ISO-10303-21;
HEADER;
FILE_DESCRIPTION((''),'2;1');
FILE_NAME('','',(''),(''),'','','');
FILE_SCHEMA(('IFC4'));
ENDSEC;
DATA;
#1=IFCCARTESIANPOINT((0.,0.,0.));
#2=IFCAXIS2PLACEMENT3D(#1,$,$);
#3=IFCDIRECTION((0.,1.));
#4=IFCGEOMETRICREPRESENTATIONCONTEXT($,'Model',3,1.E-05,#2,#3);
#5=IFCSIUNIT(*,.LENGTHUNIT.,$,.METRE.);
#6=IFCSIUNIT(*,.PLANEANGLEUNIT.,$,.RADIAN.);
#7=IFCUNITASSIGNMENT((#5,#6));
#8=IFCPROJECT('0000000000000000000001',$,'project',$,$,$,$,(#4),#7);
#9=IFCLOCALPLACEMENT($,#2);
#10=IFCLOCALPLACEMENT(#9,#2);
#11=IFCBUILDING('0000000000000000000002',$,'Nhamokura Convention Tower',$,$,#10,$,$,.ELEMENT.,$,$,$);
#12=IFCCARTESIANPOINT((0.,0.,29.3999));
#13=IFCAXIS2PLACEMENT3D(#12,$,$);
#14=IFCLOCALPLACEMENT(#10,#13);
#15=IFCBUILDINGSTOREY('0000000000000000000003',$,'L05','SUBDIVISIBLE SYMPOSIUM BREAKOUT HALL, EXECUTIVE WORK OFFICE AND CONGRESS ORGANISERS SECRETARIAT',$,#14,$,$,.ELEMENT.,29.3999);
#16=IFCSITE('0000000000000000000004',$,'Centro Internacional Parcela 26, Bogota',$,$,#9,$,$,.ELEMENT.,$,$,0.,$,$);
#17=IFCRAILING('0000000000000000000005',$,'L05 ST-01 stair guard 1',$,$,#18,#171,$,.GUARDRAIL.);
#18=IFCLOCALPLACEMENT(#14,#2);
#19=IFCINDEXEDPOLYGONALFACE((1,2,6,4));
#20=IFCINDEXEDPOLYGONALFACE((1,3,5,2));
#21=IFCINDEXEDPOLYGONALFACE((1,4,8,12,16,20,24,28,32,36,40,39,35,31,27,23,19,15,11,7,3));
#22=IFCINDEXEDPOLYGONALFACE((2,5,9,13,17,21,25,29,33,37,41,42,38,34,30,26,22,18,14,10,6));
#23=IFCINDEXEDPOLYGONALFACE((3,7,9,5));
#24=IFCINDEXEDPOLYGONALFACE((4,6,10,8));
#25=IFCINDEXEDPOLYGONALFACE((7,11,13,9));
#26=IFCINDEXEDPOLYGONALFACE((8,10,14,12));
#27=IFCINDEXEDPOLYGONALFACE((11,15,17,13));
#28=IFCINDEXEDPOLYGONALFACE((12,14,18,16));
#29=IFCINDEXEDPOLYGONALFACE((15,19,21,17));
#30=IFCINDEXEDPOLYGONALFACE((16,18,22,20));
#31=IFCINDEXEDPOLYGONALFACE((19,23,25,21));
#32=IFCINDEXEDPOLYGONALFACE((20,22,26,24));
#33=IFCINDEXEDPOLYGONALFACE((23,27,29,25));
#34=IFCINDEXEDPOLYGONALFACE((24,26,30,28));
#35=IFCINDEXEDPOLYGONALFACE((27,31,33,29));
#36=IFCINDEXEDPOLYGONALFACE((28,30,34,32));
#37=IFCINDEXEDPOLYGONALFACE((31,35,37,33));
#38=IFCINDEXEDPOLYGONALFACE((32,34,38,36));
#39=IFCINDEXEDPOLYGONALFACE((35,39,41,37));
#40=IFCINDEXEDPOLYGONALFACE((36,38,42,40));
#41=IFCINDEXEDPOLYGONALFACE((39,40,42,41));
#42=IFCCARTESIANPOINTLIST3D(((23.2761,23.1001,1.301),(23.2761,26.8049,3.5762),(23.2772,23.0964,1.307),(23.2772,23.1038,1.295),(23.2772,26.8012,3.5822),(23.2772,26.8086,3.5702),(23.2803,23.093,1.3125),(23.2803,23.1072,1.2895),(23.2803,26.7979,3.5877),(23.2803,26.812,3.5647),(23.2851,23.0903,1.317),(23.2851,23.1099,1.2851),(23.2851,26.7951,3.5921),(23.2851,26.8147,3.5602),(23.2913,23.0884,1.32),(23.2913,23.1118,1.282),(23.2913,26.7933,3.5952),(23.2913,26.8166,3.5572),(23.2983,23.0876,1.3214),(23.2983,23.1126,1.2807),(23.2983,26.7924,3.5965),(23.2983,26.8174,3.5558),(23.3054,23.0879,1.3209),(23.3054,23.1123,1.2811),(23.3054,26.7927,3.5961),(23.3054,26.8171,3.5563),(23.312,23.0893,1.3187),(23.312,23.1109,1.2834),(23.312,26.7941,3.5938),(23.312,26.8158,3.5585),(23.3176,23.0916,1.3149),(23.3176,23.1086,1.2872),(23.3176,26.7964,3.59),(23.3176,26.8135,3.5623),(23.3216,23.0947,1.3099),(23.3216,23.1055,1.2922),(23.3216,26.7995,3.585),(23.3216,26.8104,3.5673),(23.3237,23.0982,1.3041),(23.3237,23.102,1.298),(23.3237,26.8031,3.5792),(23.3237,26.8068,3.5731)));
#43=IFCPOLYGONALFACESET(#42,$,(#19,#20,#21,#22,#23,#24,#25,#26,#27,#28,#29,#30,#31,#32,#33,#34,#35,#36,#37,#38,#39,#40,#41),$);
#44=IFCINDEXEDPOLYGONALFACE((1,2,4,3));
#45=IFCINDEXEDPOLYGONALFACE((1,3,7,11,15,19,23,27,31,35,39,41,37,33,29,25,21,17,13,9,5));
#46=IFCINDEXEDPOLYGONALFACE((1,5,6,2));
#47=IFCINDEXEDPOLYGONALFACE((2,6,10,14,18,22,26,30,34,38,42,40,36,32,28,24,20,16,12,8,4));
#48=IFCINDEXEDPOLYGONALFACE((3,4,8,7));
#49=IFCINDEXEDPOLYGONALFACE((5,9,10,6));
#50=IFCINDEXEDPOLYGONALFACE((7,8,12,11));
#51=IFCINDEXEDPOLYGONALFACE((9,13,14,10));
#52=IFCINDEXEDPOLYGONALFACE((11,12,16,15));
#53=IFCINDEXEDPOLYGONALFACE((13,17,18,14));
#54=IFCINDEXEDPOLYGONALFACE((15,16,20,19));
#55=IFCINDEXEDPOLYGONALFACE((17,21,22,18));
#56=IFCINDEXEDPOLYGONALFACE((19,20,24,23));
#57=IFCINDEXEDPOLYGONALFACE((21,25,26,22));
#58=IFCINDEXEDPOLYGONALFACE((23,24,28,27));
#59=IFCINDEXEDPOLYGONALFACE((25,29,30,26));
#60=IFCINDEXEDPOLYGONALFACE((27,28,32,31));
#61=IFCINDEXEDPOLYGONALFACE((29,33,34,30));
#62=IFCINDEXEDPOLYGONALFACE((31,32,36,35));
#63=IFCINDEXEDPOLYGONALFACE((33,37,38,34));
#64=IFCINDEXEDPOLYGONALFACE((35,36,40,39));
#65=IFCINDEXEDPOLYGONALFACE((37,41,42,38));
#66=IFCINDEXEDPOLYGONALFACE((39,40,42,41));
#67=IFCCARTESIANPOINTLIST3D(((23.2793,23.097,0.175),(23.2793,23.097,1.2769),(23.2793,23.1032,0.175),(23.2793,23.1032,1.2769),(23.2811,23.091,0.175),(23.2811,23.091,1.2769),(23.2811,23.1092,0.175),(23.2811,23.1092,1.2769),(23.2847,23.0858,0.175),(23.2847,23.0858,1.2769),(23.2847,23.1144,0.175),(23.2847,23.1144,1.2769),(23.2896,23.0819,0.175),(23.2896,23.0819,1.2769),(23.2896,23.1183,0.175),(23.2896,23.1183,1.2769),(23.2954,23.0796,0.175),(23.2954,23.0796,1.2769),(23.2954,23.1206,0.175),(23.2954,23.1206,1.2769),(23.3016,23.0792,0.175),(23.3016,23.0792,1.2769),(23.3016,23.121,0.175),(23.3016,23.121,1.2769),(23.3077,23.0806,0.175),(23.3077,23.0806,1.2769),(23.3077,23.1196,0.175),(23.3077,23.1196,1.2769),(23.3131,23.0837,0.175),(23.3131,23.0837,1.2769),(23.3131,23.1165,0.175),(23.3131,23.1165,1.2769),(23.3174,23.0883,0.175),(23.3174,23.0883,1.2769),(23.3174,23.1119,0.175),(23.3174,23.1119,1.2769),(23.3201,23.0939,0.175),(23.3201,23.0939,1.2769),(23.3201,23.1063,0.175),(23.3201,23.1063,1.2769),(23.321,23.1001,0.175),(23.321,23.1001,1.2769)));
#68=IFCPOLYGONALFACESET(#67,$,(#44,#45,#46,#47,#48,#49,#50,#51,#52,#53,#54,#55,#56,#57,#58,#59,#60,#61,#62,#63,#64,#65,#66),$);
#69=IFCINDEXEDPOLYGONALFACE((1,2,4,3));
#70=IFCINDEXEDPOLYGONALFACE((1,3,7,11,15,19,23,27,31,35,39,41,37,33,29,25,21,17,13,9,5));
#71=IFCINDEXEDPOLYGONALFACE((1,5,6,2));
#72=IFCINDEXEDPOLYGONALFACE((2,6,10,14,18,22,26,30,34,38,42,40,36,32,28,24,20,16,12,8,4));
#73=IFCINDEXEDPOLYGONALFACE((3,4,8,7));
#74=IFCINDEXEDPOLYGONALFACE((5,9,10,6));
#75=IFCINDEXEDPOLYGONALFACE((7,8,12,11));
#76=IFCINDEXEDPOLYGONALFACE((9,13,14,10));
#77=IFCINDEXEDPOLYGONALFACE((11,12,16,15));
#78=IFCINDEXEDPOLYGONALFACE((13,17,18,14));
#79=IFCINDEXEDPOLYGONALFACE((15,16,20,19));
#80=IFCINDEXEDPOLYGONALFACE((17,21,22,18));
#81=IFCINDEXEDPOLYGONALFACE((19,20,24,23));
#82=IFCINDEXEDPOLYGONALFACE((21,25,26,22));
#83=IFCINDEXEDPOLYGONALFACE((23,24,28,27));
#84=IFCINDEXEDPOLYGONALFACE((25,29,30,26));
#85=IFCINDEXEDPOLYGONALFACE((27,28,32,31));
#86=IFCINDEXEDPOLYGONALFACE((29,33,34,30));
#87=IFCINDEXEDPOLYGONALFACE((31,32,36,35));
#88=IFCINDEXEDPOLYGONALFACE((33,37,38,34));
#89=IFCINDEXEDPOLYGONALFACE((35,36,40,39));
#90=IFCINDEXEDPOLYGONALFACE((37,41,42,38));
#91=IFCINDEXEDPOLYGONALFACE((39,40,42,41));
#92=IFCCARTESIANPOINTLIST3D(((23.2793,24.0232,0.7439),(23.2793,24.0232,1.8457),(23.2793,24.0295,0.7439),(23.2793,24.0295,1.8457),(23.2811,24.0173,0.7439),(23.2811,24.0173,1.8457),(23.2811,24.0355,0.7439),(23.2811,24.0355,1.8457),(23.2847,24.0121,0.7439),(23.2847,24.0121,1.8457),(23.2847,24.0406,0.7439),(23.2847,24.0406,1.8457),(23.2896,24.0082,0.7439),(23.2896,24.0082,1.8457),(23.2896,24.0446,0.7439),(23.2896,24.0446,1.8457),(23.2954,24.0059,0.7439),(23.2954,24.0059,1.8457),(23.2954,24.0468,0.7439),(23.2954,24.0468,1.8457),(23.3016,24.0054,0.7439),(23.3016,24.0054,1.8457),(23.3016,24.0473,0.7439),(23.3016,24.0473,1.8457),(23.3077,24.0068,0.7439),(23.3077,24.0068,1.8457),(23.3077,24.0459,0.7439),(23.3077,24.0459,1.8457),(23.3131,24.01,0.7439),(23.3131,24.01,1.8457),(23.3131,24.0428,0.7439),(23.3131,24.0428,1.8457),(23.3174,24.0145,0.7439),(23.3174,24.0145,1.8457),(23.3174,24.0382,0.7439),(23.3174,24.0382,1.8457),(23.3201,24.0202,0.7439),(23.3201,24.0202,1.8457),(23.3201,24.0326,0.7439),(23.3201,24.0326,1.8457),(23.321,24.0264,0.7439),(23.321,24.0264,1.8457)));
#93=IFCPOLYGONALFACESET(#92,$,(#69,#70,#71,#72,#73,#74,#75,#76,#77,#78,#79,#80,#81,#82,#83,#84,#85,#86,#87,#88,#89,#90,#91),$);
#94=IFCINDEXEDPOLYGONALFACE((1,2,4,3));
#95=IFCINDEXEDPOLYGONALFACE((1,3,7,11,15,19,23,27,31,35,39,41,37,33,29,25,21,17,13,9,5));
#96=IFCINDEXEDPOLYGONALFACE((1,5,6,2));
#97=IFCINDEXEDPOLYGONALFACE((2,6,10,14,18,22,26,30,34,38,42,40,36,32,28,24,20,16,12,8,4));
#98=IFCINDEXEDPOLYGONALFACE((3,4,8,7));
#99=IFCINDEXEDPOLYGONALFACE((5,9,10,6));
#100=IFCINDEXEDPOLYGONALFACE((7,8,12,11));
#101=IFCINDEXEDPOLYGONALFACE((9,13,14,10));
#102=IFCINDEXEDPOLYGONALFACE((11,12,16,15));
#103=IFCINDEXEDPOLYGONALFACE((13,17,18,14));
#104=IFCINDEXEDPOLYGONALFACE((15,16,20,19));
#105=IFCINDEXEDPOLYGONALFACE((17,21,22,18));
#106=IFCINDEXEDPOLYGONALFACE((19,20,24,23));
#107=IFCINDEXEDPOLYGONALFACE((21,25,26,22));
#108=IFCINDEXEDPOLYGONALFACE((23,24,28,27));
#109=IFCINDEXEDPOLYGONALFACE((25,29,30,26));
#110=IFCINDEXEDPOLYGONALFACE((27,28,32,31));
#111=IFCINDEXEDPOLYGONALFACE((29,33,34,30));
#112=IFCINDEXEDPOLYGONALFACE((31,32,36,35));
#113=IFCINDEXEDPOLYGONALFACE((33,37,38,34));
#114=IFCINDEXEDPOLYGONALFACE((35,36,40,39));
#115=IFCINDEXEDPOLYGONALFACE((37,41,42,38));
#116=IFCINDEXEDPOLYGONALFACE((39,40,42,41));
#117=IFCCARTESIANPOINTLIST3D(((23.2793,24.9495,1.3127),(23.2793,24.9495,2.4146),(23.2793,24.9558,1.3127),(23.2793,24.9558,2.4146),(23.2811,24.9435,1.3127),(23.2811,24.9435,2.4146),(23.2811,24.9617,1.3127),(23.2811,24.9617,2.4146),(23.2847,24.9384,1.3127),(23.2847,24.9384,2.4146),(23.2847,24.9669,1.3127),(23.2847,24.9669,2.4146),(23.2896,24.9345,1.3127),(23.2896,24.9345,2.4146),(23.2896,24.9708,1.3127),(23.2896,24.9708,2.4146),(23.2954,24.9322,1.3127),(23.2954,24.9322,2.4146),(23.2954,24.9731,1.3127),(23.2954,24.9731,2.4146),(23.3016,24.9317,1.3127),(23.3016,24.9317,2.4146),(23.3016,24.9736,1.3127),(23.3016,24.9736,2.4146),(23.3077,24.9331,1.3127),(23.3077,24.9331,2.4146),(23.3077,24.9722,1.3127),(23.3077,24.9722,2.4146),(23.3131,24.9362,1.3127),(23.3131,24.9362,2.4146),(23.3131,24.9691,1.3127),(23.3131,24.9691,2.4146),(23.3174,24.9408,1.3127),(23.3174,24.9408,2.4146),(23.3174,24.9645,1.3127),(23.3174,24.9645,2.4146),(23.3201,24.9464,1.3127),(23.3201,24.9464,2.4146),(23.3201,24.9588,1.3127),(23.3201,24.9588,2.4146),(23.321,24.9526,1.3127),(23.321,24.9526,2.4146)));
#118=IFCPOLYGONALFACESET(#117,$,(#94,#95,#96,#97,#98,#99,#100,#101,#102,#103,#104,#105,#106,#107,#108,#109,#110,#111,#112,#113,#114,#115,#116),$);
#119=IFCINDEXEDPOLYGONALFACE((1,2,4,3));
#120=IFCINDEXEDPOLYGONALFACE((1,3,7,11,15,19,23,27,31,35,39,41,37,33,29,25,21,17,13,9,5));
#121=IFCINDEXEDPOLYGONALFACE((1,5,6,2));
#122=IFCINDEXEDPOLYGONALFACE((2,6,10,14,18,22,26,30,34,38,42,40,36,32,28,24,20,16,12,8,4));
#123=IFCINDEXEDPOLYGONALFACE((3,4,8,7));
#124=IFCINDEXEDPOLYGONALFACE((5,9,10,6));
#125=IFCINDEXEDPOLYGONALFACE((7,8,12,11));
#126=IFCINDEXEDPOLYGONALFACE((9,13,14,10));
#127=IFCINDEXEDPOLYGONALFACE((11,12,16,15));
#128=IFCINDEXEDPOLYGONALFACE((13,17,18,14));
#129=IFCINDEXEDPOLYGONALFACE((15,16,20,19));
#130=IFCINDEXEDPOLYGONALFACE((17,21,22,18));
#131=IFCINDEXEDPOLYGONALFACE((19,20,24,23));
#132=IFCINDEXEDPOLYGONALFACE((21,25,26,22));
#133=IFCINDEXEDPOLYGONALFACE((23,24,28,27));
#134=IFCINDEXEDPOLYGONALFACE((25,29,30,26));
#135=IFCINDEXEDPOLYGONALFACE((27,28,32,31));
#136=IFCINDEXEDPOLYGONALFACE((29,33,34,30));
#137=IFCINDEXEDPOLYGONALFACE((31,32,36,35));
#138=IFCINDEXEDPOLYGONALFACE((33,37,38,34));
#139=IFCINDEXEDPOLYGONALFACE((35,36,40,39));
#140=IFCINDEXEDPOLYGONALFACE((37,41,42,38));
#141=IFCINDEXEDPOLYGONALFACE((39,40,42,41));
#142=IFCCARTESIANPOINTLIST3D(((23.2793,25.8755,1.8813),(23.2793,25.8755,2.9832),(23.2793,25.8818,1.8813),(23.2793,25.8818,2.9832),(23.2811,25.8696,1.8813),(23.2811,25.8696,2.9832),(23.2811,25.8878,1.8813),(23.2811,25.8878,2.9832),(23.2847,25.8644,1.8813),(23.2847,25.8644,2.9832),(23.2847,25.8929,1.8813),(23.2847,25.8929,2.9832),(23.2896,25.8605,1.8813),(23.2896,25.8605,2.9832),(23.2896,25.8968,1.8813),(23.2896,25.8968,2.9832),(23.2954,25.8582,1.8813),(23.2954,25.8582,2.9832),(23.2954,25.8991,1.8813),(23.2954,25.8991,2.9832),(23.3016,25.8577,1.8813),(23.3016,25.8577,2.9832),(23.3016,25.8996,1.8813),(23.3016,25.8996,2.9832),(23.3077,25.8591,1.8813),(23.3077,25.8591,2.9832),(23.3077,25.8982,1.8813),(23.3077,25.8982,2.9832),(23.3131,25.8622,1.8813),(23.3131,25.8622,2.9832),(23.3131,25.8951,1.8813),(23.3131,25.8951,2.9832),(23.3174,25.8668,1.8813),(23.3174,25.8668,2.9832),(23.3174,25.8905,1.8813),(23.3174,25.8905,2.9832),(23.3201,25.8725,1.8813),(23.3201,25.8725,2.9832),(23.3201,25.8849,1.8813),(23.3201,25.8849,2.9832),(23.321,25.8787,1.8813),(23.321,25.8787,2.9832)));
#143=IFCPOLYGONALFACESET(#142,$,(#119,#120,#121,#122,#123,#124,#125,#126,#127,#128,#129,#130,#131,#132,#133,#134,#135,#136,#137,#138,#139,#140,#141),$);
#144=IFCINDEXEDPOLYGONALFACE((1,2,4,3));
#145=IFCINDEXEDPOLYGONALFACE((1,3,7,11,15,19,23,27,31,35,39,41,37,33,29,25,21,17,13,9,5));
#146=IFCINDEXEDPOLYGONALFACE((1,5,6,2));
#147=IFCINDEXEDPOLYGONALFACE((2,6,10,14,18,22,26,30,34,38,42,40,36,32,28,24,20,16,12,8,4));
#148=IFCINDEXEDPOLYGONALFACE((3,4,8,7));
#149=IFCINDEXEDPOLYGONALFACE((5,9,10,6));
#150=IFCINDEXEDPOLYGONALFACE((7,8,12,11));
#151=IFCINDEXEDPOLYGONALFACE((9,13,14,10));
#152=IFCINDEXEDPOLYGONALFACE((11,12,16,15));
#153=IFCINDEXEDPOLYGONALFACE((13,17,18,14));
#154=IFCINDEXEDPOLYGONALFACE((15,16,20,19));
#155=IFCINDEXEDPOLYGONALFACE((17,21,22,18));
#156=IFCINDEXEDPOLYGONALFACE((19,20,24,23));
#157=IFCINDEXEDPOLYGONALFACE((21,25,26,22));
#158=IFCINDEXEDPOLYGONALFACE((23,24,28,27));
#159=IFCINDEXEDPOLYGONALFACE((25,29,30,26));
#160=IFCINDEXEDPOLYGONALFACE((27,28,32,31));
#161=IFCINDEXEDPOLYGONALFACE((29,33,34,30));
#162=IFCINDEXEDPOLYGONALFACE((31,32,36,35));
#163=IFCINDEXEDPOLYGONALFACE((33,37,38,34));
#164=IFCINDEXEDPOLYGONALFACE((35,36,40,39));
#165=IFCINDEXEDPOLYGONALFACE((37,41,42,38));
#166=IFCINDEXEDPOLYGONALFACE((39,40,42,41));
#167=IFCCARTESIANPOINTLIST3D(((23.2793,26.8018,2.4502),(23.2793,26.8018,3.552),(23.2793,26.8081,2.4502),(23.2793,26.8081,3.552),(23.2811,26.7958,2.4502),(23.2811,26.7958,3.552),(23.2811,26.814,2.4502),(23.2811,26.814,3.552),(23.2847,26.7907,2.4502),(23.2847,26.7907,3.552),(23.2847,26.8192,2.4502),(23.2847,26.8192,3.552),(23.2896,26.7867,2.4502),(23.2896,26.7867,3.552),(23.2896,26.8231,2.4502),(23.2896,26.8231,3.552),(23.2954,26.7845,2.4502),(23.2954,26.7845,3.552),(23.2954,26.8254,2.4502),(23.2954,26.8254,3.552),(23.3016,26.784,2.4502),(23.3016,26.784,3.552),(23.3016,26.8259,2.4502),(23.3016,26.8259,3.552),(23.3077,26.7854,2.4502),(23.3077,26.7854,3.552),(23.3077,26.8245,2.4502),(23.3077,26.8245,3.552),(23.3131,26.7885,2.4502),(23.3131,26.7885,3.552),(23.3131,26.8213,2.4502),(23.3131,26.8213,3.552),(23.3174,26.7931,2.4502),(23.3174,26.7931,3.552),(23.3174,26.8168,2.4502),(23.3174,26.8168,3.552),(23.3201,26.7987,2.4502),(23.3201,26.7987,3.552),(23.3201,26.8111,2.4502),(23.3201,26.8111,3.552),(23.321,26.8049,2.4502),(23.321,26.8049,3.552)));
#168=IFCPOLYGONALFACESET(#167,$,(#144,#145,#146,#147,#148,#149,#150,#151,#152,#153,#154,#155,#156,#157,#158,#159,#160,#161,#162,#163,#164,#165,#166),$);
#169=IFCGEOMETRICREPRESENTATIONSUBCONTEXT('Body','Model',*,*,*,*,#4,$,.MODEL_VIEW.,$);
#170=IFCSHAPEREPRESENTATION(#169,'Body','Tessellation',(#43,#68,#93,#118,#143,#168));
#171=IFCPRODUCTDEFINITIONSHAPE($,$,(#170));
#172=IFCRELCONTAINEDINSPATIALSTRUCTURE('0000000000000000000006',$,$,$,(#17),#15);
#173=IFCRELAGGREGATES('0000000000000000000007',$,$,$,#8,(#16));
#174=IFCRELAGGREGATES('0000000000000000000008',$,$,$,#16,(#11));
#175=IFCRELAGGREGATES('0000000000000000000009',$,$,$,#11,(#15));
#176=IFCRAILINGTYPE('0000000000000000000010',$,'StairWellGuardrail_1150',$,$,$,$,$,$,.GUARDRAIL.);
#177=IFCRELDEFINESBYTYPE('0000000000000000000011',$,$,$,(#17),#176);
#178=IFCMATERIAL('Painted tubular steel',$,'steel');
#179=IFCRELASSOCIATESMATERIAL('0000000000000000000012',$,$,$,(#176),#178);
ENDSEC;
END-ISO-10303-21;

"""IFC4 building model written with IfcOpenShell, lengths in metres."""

from ifc_helpers import new_model, si_unit, direction, frame, origin, origin_2d, place, context, subcontext, project, spatial, circle, extrude, material, type_object, element, save


model = new_model("IFC4")

# Units and contexts
model_context = context("Model", 3, precision=1e-05, world=origin(), true_north=direction((0.0, 1.0)))
body_context = subcontext(model_context, "Body", "Model", "MODEL_VIEW")
ifc_project = project(units=[si_unit("LENGTHUNIT", "METRE"), si_unit("PLANEANGLEUNIT", "RADIAN")], contexts=[model_context])

# Site, building, storey
site_placement = place(None, origin())
site = spatial("IfcSite", under=ifc_project, at=site_placement, Name="Centro Internacional Parcela 26, Bogota", CompositionType="ELEMENT", RefElevation=0.0)
building_placement = place(site_placement, origin())
building = spatial("IfcBuilding", under=site, at=building_placement, Name="Nhamokura Convention Tower", CompositionType="ELEMENT")
storey_placement = place(building_placement, frame((0.0, 0.0, 29.3999)))
storey = spatial("IfcBuildingStorey", under=building, at=storey_placement, Name="L05", Description="SUBDIVISIBLE SYMPOSIUM BREAKOUT HALL, EXECUTIVE WORK OFFICE AND CONGRESS ORGANISERS SECRETARIAT", CompositionType="ELEMENT", Elevation=29.3999)

# Railing
ifc_material_1 = material(Name="Painted tubular steel", Category="steel")
railing_type_1 = type_object("IfcRailingType", Name="StairWellGuardrail_1150", PredefinedType="GUARDRAIL", material=ifc_material_1)
railing_1_placement = place(storey_placement, frame((23.3, 23.1001, 0.175)))
element("IfcRailing", 1, at=railing_1_placement, inside=storey, type_object=railing_type_1, Name="L05 ST-01 stair guard 1", PredefinedType="GUARDRAIL", context=body_context, shape_type="SweptSolid", body=[
    extrude(circle(Radius=0.0239, at=origin_2d()), frame((0.0, 0.0, 1.126), z_axis=(0.0, 0.852146, 0.523305), x_axis=(-1.0, 0.0, 0.0)), (0.0, 0.0, 1.0), 4.3477),
    extrude(circle(Radius=0.021, at=origin_2d()), origin(), (0.0, 0.0, 1.0), 1.1018),
    extrude(circle(Radius=0.021, at=origin_2d()), frame((0.0, 0.9263, 0.5688)), (0.0, 0.0, 1.0), 1.1018),
    extrude(circle(Radius=0.021, at=origin_2d()), frame((0.0, 1.8525, 1.1377)), (0.0, 0.0, 1.0), 1.1018),
    extrude(circle(Radius=0.021, at=origin_2d()), frame((0.0, 2.7786, 1.7063)), (0.0, 0.0, 1.0), 1.1018),
    extrude(circle(Radius=0.021, at=origin_2d()), frame((0.0, 3.7048, 2.2751)), (0.0, 0.0, 1.0), 1.1018),
])

save(model, "model.ifc")
